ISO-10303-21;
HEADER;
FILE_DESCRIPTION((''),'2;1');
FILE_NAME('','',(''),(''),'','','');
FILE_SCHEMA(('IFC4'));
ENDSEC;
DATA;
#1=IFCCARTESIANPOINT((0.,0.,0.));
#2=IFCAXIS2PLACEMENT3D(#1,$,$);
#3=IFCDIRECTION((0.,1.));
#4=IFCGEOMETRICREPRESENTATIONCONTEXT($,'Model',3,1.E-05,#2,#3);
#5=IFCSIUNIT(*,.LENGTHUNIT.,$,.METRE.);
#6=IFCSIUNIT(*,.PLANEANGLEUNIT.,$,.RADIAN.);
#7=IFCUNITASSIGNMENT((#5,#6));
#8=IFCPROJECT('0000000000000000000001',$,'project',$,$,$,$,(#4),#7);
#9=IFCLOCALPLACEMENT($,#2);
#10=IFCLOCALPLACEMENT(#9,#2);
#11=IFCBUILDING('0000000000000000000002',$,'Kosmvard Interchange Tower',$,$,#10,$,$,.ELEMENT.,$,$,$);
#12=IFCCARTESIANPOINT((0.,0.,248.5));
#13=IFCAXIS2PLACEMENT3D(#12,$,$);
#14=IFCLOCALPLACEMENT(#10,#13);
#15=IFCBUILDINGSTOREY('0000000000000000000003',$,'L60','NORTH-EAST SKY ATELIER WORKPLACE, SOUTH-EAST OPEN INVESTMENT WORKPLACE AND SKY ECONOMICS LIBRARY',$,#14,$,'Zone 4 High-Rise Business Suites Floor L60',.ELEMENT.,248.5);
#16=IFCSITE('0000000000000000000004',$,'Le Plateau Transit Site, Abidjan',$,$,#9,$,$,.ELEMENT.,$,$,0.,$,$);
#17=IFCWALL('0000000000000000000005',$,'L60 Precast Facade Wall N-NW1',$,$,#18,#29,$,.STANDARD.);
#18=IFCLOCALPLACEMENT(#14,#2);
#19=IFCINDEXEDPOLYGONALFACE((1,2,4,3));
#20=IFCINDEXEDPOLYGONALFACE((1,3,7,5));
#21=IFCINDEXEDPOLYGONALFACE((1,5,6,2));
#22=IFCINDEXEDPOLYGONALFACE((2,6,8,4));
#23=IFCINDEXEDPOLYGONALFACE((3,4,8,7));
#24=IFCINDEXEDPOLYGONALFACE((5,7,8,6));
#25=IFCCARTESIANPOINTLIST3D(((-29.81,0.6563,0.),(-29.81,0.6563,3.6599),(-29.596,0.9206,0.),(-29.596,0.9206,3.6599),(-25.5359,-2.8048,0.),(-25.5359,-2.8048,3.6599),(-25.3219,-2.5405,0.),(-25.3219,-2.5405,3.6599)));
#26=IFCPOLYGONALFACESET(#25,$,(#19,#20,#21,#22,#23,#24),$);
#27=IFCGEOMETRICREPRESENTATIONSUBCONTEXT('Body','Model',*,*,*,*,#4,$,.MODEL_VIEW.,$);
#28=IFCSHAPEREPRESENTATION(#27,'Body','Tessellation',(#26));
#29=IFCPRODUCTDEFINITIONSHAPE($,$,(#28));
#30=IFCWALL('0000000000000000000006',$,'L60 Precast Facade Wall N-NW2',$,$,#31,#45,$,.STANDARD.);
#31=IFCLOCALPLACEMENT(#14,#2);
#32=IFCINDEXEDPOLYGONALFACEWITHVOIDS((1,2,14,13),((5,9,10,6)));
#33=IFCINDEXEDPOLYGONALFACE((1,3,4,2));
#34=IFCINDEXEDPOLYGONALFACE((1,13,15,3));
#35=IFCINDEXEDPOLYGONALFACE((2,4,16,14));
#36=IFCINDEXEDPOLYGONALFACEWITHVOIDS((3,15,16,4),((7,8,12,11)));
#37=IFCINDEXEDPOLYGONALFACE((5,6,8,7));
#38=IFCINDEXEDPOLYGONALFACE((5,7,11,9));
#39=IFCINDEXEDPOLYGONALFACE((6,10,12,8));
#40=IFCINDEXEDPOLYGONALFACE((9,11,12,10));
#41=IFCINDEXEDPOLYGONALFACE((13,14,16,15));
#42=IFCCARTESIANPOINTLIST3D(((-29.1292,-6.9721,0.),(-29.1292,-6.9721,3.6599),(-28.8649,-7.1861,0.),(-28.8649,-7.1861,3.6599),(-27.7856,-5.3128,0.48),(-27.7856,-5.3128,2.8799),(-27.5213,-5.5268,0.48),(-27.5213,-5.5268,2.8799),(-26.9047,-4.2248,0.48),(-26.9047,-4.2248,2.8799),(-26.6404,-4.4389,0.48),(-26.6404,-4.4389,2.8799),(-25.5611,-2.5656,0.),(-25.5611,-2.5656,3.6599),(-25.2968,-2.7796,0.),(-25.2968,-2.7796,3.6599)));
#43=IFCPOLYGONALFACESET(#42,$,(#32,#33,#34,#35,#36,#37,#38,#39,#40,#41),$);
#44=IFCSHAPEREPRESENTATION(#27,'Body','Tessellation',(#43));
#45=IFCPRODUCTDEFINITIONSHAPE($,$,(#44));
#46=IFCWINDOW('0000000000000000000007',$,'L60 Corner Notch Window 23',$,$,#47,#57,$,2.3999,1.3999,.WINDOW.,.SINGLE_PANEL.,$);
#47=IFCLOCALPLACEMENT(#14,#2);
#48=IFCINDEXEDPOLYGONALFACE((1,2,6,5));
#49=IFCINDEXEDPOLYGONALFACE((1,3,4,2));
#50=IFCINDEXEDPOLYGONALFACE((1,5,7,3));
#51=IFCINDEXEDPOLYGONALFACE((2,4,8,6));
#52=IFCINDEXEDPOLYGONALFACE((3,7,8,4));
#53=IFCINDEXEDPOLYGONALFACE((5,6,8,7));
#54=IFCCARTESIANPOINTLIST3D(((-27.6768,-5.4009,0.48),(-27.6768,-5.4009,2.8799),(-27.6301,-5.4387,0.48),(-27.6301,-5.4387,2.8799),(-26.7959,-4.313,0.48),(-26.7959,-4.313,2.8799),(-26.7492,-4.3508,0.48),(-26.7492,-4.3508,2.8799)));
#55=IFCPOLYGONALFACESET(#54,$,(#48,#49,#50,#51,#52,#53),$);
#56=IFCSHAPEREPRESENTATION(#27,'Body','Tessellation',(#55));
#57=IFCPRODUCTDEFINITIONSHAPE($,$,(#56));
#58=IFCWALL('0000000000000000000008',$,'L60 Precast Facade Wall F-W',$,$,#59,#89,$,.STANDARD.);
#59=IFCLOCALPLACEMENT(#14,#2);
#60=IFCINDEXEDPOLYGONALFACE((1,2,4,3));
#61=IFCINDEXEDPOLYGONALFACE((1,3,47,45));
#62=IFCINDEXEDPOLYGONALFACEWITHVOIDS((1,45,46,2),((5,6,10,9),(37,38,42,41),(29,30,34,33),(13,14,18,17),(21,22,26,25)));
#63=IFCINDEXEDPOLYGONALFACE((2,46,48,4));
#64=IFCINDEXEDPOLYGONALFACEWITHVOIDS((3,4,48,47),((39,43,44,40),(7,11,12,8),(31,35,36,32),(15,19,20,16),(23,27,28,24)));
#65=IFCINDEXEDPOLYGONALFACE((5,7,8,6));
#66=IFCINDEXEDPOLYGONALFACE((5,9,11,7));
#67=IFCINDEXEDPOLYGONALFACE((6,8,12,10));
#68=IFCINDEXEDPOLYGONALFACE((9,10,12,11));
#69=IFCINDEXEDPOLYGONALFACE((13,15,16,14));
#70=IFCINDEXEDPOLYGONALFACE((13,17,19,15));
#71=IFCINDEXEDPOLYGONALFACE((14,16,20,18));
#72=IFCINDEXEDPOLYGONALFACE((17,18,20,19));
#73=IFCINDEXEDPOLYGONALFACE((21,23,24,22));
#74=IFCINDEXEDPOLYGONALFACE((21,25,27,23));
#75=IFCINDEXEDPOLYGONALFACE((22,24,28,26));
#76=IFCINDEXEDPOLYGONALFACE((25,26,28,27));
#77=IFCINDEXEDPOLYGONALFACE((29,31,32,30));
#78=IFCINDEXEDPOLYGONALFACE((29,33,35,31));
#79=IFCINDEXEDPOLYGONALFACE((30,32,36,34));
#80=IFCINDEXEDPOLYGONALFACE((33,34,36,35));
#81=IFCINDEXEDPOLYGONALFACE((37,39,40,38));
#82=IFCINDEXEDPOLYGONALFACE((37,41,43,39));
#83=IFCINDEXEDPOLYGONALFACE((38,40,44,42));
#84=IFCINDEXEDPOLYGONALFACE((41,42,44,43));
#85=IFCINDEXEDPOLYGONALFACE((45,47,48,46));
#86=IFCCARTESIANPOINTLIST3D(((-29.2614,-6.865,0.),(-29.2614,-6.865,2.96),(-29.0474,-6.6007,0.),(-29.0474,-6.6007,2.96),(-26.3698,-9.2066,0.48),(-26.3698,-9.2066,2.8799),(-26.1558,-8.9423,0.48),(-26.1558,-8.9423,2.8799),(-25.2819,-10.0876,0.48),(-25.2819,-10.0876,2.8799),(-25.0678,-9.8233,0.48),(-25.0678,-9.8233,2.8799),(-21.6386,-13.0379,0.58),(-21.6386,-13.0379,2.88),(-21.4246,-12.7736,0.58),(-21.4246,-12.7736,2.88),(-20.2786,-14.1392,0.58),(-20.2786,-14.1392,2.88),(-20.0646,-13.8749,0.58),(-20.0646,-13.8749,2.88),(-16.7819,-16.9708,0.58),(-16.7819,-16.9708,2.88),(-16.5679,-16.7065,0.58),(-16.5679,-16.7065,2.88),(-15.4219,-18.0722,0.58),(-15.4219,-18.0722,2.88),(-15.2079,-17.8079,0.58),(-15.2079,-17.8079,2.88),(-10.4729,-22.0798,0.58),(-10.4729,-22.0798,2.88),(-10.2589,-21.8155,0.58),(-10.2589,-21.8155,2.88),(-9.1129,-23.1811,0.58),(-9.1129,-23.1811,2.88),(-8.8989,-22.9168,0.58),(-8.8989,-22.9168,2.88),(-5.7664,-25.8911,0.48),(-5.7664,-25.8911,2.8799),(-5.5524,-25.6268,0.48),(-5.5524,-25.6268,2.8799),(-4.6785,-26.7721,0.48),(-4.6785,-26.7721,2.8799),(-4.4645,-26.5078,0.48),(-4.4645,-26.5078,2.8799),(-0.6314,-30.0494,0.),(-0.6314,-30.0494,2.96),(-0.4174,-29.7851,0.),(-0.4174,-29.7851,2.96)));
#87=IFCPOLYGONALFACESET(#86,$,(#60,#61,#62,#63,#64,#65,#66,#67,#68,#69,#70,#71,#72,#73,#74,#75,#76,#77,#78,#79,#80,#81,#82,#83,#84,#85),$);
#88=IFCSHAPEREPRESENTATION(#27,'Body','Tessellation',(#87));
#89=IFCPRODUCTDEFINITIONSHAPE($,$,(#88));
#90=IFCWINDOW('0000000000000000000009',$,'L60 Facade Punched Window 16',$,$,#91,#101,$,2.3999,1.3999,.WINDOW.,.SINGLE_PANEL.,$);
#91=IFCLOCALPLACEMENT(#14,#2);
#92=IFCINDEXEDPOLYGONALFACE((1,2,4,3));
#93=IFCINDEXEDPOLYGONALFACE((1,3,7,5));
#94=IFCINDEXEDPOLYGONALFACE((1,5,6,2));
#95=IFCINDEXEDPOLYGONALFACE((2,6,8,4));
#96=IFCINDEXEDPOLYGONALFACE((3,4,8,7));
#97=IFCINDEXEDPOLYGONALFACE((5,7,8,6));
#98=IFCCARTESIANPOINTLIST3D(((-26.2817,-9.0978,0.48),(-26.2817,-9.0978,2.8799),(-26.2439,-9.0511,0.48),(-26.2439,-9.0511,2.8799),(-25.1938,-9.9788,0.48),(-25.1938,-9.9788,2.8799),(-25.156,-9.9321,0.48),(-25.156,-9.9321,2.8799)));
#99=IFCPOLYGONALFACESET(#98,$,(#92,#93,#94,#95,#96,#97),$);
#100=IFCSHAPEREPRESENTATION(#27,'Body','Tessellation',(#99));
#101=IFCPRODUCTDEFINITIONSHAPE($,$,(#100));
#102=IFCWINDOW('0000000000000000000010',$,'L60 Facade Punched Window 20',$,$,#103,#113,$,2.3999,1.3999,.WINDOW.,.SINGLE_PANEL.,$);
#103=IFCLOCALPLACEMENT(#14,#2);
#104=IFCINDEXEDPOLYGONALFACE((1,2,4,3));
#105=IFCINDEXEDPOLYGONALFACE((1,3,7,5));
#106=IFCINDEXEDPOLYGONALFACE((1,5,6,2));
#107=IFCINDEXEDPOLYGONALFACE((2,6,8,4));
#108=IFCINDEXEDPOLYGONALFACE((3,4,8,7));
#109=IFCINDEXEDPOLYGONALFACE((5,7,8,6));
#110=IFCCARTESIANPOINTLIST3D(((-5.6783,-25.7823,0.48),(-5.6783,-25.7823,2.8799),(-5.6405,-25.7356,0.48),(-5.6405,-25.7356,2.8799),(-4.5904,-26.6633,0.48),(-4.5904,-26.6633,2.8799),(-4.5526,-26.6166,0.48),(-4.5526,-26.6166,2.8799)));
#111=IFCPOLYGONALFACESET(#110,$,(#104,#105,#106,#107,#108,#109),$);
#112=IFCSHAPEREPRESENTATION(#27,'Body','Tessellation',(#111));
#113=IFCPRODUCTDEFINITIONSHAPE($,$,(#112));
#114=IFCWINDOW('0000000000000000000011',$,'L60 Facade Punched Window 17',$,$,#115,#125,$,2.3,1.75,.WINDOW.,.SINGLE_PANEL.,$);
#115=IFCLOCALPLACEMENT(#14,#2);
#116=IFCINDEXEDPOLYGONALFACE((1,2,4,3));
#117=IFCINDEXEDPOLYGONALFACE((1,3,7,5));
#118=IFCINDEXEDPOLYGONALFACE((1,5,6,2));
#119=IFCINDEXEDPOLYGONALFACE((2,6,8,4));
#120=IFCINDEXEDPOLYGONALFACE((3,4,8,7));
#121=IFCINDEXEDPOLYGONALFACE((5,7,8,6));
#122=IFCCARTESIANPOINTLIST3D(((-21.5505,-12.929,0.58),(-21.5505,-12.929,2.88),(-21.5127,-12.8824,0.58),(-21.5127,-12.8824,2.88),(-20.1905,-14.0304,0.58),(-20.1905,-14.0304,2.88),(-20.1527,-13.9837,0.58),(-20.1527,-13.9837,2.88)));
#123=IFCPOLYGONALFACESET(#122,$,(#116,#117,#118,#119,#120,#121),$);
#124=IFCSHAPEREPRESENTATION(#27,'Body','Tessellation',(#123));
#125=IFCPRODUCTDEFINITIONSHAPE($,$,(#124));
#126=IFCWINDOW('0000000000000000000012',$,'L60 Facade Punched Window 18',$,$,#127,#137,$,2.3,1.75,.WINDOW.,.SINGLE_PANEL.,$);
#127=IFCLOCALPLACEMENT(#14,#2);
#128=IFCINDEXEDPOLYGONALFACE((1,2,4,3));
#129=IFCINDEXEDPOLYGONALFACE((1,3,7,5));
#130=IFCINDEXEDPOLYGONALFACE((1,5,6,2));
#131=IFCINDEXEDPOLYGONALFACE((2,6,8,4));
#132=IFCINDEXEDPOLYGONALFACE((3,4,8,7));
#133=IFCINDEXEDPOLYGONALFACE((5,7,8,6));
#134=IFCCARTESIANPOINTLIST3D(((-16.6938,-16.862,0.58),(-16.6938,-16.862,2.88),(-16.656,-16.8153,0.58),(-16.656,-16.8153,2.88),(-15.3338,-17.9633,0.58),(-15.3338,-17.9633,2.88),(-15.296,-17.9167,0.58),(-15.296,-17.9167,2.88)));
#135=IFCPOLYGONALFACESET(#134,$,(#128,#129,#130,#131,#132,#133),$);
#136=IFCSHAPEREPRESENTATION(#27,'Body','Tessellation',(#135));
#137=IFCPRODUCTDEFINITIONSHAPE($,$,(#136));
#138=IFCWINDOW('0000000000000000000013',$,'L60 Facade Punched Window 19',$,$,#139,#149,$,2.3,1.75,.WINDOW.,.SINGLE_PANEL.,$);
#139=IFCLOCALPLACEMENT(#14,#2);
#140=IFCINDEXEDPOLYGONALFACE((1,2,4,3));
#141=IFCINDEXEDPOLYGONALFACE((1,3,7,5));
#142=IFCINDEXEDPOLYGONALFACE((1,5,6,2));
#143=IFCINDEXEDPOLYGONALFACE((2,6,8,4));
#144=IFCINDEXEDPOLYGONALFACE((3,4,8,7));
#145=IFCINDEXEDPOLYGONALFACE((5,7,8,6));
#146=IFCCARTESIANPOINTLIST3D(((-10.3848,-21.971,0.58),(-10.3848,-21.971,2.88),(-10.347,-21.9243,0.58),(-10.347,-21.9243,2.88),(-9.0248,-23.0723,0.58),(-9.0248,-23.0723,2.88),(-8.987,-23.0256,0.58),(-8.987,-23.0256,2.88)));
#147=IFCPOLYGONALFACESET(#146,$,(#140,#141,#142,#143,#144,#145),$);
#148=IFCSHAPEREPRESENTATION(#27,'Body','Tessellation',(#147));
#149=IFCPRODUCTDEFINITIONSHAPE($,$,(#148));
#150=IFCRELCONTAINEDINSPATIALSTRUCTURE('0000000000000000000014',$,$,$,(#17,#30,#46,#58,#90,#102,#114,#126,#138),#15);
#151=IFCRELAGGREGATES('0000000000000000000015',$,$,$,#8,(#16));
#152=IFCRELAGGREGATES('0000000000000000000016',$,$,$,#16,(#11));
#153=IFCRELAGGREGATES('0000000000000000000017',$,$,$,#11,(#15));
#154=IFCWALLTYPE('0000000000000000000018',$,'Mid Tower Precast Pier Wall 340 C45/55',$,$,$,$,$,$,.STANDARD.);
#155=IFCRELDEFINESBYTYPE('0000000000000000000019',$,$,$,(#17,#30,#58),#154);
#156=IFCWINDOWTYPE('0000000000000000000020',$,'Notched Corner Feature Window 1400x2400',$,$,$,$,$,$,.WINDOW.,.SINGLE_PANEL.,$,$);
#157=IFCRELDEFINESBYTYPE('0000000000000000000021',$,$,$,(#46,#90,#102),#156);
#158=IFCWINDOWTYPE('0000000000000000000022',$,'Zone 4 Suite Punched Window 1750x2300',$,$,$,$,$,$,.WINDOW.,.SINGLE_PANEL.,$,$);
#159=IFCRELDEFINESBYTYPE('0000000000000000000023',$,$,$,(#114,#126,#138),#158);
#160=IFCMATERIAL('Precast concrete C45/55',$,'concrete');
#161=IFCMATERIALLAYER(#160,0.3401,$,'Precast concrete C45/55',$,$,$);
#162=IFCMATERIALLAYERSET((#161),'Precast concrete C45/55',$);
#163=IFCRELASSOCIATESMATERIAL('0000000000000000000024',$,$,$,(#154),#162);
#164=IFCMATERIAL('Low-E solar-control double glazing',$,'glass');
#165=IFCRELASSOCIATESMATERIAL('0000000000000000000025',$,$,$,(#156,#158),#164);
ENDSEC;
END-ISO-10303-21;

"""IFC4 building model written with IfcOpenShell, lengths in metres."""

from ifc_helpers import new_model, si_unit, direction, frame, frame_2d, origin, place, context, subcontext, project, spatial, rectangle, extrude, source, transform, mapped, material, layer, layer_set, type_object, element, fill, save


model = new_model("IFC4")

# Units and contexts
model_context = context("Model", 3, precision=1e-05, world=origin(), true_north=direction((0.0, 1.0)))
body_context = subcontext(model_context, "Body", "Model", "MODEL_VIEW")
ifc_project = project(units=[si_unit("LENGTHUNIT", "METRE"), si_unit("PLANEANGLEUNIT", "RADIAN")], contexts=[model_context])

# Site, building, storey
site_placement = place(None, origin())
site = spatial("IfcSite", under=ifc_project, at=site_placement, Name="Le Plateau Transit Site, Abidjan", CompositionType="ELEMENT", RefElevation=0.0)
building_placement = place(site_placement, origin())
building = spatial("IfcBuilding", under=site, at=building_placement, Name="Kosmvard Interchange Tower", CompositionType="ELEMENT")
storey_placement = place(building_placement, frame((0.0, 0.0, 248.5)))
storey = spatial("IfcBuildingStorey", under=building, at=storey_placement, Name="L60", Description="NORTH-EAST SKY ATELIER WORKPLACE, SOUTH-EAST OPEN INVESTMENT WORKPLACE AND SKY ECONOMICS LIBRARY", LongName="Zone 4 High-Rise Business Suites Floor L60", CompositionType="ELEMENT", Elevation=248.5)

# Shared definitions
ifc_material_1 = material(Name="Precast concrete C45/55", Category="concrete")

# Wall
ifc_layer_1 = layer(ifc_material_1, 0.3401, Name="Precast concrete C45/55")
ifc_layer_set_1 = layer_set([ifc_layer_1], Name="Precast concrete C45/55")
wall_type_1 = type_object("IfcWallType", Name="Mid Tower Precast Pier Wall 340 C45/55", PredefinedType="STANDARD", material=ifc_layer_set_1)
wall_1_placement = place(storey_placement, frame((-29.7031, 0.7886, 0.0), z_axis=(0.0, 0.0, 1.0), x_axis=(0.777144, -0.629323, 0.0)))
element("IfcWall", 1, at=wall_1_placement, inside=storey, type_object=wall_type_1, Name="L60 Precast Facade Wall N-NW1", PredefinedType="STANDARD", context=body_context, shape_type="SweptSolid", body=[
    extrude(rectangle(XDim=5.4998, YDim=0.3401, at=frame_2d((2.75, 0.0))), origin(), (0.0, 0.0, 1.0), 3.6599),
])

# Wall, opening, window
wall_2_placement = place(storey_placement, frame((-25.429, -2.6726, 0.0), z_axis=(0.0, 0.0, 1.0), x_axis=(-0.6293, -0.777163, 0.0)))
wall_2 = element("IfcWall", 2, at=wall_2_placement, inside=storey, type_object=wall_type_1, Name="L60 Precast Facade Wall N-NW2", PredefinedType="STANDARD", context=body_context, shape_type="SweptSolid", body=[
    extrude(rectangle(XDim=5.6699, YDim=0.3401, at=frame_2d((2.835, 0.0))), origin(), (0.0, 0.0, 1.0), 3.6599),
])
opening_1_placement = place(wall_2_placement, frame((2.135, 0.0, 0.48)))
opening_1 = element("IfcOpeningElement", 3, at=opening_1_placement, cuts=wall_2, PredefinedType="OPENING", context=body_context, shape_type="SweptSolid", body=[
    extrude(rectangle(XDim=1.3999, YDim=2.3999, at=frame_2d((0.7, 1.2))), frame((0.0, 0.1802, 0.0), z_axis=(0.0, -1.0, 0.0), x_axis=(1.0, 0.0, 0.0)), (0.0, 0.0, 1.0), 0.3601),
])
ifc_material_2 = material(Name="Low-E solar-control double glazing", Category="glass")
window_type_1 = type_object("IfcWindowType", Name="Notched Corner Feature Window 1400x2400", PartitioningType="SINGLE_PANEL", PredefinedType="WINDOW", material=ifc_material_2)
shared_shape_1 = source(origin(), body_context, "Body", "SweptSolid", [
    extrude(rectangle(XDim=1.3999, YDim=2.3999, at=frame_2d((0.7, 1.2))), frame((0.0, 0.03, 0.0), z_axis=(0.0, -1.0, 0.0), x_axis=(1.0, 0.0, 0.0)), (0.0, 0.0, 1.0), 0.0601),
])
window_1_placement = place(opening_1_placement, origin())
window_1 = element("IfcWindow", 4, at=window_1_placement, inside=storey, type_object=window_type_1, Name="L60 Corner Notch Window 23", OverallHeight=2.3999, OverallWidth=1.3999, PartitioningType="SINGLE_PANEL", PredefinedType="WINDOW", context=body_context, shape_type="MappedRepresentation", body=[
    mapped(shared_shape_1, transform((0.0, 0.0, 0.0), scale=1.0)),
])
fill(opening_1, window_1)

# Wall, openings, windows
wall_3_placement = place(storey_placement, frame((-29.1543, -6.7329, 0.0), z_axis=(0.0, 0.0, 1.0), x_axis=(0.777142, -0.629325, 0.0)))
wall_3 = element("IfcWall", 5, at=wall_3_placement, inside=storey, type_object=wall_type_1, Name="L60 Precast Facade Wall F-W", PredefinedType="STANDARD", context=body_context, shape_type="SweptSolid", body=[
    extrude(rectangle(XDim=36.8401, YDim=0.3401, at=frame_2d((18.4199, 0.0))), origin(), (0.0, 0.0, 1.0), 2.96),
])
opening_2_placement = place(wall_3_placement, frame((3.7207, 0.0, 0.48)))
opening_2 = element("IfcOpeningElement", 6, at=opening_2_placement, cuts=wall_3, PredefinedType="OPENING", context=body_context, shape_type="SweptSolid", body=[
    extrude(rectangle(XDim=1.3999, YDim=2.3999, at=frame_2d((0.7, 1.2))), frame((0.0, 0.1802, 0.0), z_axis=(0.0, -1.0, 0.0), x_axis=(1.0, 0.0, 0.0)), (0.0, 0.0, 1.0), 0.3601),
])
opening_3_placement = place(wall_3_placement, frame((9.8086, 0.0, 0.5801)))
opening_3 = element("IfcOpeningElement", 7, at=opening_3_placement, cuts=wall_3, PredefinedType="OPENING", context=body_context, shape_type="SweptSolid", body=[
    extrude(rectangle(XDim=1.75, YDim=2.3, at=frame_2d((0.875, 1.1499))), frame((0.0, 0.1802, 0.0), z_axis=(0.0, -1.0, 0.0), x_axis=(1.0, 0.0, 0.0)), (0.0, 0.0, 1.0), 0.3601),
])
opening_4_placement = place(wall_3_placement, frame((16.0581, 0.0, 0.5801)))
opening_4 = element("IfcOpeningElement", 8, at=opening_4_placement, cuts=wall_3, PredefinedType="OPENING", context=body_context, shape_type="SweptSolid", body=[
    extrude(rectangle(XDim=1.75, YDim=2.3, at=frame_2d((0.875, 1.1499))), frame((0.0, 0.1802, 0.0), z_axis=(0.0, -1.0, 0.0), x_axis=(1.0, 0.0, 0.0)), (0.0, 0.0, 1.0), 0.3601),
])
opening_5_placement = place(wall_3_placement, frame((24.1763, 0.0, 0.5801)))
opening_5 = element("IfcOpeningElement", 9, at=opening_5_placement, cuts=wall_3, PredefinedType="OPENING", context=body_context, shape_type="SweptSolid", body=[
    extrude(rectangle(XDim=1.75, YDim=2.3, at=frame_2d((0.875, 1.1499))), frame((0.0, 0.1802, 0.0), z_axis=(0.0, -1.0, 0.0), x_axis=(1.0, 0.0, 0.0)), (0.0, 0.0, 1.0), 0.3601),
])
opening_6_placement = place(wall_3_placement, frame((30.2324, 0.0, 0.48)))
opening_6 = element("IfcOpeningElement", 10, at=opening_6_placement, cuts=wall_3, PredefinedType="OPENING", context=body_context, shape_type="SweptSolid", body=[
    extrude(rectangle(XDim=1.3999, YDim=2.3999, at=frame_2d((0.7, 1.2))), frame((0.0, 0.1802, 0.0), z_axis=(0.0, -1.0, 0.0), x_axis=(1.0, 0.0, 0.0)), (0.0, 0.0, 1.0), 0.3601),
])
window_2_placement = place(opening_2_placement, origin())
window_2 = element("IfcWindow", 11, at=window_2_placement, inside=storey, type_object=window_type_1, Name="L60 Facade Punched Window 16", OverallHeight=2.3999, OverallWidth=1.3999, PartitioningType="SINGLE_PANEL", PredefinedType="WINDOW", context=body_context, shape_type="MappedRepresentation", body=[
    mapped(shared_shape_1, transform((0.0, 0.0, 0.0), scale=1.0)),
])
fill(opening_2, window_2)
window_3_placement = place(opening_6_placement, origin())
window_3 = element("IfcWindow", 12, at=window_3_placement, inside=storey, type_object=window_type_1, Name="L60 Facade Punched Window 20", OverallHeight=2.3999, OverallWidth=1.3999, PartitioningType="SINGLE_PANEL", PredefinedType="WINDOW", context=body_context, shape_type="MappedRepresentation", body=[
    mapped(shared_shape_1, transform((0.0, 0.0, 0.0), scale=1.0)),
])
fill(opening_6, window_3)
window_type_2 = type_object("IfcWindowType", Name="Zone 4 Suite Punched Window 1750x2300", PartitioningType="SINGLE_PANEL", PredefinedType="WINDOW", material=ifc_material_2)
shared_shape_2 = source(origin(), body_context, "Body", "SweptSolid", [
    extrude(rectangle(XDim=1.75, YDim=2.3, at=frame_2d((0.875, 1.1499))), frame((0.0, 0.03, 0.0), z_axis=(0.0, -1.0, 0.0), x_axis=(1.0, 0.0, 0.0)), (0.0, 0.0, 1.0), 0.0601),
])
window_4_placement = place(opening_3_placement, origin())
window_4 = element("IfcWindow", 13, at=window_4_placement, inside=storey, type_object=window_type_2, Name="L60 Facade Punched Window 17", OverallHeight=2.3, OverallWidth=1.75, PartitioningType="SINGLE_PANEL", PredefinedType="WINDOW", context=body_context, shape_type="MappedRepresentation", body=[
    mapped(shared_shape_2, transform((0.0, 0.0, 0.0), scale=1.0)),
])
fill(opening_3, window_4)
window_5_placement = place(opening_4_placement, origin())
window_5 = element("IfcWindow", 14, at=window_5_placement, inside=storey, type_object=window_type_2, Name="L60 Facade Punched Window 18", OverallHeight=2.3, OverallWidth=1.75, PartitioningType="SINGLE_PANEL", PredefinedType="WINDOW", context=body_context, shape_type="MappedRepresentation", body=[
    mapped(shared_shape_2, transform((0.0, 0.0, 0.0), scale=1.0)),
])
fill(opening_4, window_5)
window_6_placement = place(opening_5_placement, origin())
window_6 = element("IfcWindow", 15, at=window_6_placement, inside=storey, type_object=window_type_2, Name="L60 Facade Punched Window 19", OverallHeight=2.3, OverallWidth=1.75, PartitioningType="SINGLE_PANEL", PredefinedType="WINDOW", context=body_context, shape_type="MappedRepresentation", body=[
    mapped(shared_shape_2, transform((0.0, 0.0, 0.0), scale=1.0)),
])
fill(opening_5, window_6)

save(model, "model.ifc")
